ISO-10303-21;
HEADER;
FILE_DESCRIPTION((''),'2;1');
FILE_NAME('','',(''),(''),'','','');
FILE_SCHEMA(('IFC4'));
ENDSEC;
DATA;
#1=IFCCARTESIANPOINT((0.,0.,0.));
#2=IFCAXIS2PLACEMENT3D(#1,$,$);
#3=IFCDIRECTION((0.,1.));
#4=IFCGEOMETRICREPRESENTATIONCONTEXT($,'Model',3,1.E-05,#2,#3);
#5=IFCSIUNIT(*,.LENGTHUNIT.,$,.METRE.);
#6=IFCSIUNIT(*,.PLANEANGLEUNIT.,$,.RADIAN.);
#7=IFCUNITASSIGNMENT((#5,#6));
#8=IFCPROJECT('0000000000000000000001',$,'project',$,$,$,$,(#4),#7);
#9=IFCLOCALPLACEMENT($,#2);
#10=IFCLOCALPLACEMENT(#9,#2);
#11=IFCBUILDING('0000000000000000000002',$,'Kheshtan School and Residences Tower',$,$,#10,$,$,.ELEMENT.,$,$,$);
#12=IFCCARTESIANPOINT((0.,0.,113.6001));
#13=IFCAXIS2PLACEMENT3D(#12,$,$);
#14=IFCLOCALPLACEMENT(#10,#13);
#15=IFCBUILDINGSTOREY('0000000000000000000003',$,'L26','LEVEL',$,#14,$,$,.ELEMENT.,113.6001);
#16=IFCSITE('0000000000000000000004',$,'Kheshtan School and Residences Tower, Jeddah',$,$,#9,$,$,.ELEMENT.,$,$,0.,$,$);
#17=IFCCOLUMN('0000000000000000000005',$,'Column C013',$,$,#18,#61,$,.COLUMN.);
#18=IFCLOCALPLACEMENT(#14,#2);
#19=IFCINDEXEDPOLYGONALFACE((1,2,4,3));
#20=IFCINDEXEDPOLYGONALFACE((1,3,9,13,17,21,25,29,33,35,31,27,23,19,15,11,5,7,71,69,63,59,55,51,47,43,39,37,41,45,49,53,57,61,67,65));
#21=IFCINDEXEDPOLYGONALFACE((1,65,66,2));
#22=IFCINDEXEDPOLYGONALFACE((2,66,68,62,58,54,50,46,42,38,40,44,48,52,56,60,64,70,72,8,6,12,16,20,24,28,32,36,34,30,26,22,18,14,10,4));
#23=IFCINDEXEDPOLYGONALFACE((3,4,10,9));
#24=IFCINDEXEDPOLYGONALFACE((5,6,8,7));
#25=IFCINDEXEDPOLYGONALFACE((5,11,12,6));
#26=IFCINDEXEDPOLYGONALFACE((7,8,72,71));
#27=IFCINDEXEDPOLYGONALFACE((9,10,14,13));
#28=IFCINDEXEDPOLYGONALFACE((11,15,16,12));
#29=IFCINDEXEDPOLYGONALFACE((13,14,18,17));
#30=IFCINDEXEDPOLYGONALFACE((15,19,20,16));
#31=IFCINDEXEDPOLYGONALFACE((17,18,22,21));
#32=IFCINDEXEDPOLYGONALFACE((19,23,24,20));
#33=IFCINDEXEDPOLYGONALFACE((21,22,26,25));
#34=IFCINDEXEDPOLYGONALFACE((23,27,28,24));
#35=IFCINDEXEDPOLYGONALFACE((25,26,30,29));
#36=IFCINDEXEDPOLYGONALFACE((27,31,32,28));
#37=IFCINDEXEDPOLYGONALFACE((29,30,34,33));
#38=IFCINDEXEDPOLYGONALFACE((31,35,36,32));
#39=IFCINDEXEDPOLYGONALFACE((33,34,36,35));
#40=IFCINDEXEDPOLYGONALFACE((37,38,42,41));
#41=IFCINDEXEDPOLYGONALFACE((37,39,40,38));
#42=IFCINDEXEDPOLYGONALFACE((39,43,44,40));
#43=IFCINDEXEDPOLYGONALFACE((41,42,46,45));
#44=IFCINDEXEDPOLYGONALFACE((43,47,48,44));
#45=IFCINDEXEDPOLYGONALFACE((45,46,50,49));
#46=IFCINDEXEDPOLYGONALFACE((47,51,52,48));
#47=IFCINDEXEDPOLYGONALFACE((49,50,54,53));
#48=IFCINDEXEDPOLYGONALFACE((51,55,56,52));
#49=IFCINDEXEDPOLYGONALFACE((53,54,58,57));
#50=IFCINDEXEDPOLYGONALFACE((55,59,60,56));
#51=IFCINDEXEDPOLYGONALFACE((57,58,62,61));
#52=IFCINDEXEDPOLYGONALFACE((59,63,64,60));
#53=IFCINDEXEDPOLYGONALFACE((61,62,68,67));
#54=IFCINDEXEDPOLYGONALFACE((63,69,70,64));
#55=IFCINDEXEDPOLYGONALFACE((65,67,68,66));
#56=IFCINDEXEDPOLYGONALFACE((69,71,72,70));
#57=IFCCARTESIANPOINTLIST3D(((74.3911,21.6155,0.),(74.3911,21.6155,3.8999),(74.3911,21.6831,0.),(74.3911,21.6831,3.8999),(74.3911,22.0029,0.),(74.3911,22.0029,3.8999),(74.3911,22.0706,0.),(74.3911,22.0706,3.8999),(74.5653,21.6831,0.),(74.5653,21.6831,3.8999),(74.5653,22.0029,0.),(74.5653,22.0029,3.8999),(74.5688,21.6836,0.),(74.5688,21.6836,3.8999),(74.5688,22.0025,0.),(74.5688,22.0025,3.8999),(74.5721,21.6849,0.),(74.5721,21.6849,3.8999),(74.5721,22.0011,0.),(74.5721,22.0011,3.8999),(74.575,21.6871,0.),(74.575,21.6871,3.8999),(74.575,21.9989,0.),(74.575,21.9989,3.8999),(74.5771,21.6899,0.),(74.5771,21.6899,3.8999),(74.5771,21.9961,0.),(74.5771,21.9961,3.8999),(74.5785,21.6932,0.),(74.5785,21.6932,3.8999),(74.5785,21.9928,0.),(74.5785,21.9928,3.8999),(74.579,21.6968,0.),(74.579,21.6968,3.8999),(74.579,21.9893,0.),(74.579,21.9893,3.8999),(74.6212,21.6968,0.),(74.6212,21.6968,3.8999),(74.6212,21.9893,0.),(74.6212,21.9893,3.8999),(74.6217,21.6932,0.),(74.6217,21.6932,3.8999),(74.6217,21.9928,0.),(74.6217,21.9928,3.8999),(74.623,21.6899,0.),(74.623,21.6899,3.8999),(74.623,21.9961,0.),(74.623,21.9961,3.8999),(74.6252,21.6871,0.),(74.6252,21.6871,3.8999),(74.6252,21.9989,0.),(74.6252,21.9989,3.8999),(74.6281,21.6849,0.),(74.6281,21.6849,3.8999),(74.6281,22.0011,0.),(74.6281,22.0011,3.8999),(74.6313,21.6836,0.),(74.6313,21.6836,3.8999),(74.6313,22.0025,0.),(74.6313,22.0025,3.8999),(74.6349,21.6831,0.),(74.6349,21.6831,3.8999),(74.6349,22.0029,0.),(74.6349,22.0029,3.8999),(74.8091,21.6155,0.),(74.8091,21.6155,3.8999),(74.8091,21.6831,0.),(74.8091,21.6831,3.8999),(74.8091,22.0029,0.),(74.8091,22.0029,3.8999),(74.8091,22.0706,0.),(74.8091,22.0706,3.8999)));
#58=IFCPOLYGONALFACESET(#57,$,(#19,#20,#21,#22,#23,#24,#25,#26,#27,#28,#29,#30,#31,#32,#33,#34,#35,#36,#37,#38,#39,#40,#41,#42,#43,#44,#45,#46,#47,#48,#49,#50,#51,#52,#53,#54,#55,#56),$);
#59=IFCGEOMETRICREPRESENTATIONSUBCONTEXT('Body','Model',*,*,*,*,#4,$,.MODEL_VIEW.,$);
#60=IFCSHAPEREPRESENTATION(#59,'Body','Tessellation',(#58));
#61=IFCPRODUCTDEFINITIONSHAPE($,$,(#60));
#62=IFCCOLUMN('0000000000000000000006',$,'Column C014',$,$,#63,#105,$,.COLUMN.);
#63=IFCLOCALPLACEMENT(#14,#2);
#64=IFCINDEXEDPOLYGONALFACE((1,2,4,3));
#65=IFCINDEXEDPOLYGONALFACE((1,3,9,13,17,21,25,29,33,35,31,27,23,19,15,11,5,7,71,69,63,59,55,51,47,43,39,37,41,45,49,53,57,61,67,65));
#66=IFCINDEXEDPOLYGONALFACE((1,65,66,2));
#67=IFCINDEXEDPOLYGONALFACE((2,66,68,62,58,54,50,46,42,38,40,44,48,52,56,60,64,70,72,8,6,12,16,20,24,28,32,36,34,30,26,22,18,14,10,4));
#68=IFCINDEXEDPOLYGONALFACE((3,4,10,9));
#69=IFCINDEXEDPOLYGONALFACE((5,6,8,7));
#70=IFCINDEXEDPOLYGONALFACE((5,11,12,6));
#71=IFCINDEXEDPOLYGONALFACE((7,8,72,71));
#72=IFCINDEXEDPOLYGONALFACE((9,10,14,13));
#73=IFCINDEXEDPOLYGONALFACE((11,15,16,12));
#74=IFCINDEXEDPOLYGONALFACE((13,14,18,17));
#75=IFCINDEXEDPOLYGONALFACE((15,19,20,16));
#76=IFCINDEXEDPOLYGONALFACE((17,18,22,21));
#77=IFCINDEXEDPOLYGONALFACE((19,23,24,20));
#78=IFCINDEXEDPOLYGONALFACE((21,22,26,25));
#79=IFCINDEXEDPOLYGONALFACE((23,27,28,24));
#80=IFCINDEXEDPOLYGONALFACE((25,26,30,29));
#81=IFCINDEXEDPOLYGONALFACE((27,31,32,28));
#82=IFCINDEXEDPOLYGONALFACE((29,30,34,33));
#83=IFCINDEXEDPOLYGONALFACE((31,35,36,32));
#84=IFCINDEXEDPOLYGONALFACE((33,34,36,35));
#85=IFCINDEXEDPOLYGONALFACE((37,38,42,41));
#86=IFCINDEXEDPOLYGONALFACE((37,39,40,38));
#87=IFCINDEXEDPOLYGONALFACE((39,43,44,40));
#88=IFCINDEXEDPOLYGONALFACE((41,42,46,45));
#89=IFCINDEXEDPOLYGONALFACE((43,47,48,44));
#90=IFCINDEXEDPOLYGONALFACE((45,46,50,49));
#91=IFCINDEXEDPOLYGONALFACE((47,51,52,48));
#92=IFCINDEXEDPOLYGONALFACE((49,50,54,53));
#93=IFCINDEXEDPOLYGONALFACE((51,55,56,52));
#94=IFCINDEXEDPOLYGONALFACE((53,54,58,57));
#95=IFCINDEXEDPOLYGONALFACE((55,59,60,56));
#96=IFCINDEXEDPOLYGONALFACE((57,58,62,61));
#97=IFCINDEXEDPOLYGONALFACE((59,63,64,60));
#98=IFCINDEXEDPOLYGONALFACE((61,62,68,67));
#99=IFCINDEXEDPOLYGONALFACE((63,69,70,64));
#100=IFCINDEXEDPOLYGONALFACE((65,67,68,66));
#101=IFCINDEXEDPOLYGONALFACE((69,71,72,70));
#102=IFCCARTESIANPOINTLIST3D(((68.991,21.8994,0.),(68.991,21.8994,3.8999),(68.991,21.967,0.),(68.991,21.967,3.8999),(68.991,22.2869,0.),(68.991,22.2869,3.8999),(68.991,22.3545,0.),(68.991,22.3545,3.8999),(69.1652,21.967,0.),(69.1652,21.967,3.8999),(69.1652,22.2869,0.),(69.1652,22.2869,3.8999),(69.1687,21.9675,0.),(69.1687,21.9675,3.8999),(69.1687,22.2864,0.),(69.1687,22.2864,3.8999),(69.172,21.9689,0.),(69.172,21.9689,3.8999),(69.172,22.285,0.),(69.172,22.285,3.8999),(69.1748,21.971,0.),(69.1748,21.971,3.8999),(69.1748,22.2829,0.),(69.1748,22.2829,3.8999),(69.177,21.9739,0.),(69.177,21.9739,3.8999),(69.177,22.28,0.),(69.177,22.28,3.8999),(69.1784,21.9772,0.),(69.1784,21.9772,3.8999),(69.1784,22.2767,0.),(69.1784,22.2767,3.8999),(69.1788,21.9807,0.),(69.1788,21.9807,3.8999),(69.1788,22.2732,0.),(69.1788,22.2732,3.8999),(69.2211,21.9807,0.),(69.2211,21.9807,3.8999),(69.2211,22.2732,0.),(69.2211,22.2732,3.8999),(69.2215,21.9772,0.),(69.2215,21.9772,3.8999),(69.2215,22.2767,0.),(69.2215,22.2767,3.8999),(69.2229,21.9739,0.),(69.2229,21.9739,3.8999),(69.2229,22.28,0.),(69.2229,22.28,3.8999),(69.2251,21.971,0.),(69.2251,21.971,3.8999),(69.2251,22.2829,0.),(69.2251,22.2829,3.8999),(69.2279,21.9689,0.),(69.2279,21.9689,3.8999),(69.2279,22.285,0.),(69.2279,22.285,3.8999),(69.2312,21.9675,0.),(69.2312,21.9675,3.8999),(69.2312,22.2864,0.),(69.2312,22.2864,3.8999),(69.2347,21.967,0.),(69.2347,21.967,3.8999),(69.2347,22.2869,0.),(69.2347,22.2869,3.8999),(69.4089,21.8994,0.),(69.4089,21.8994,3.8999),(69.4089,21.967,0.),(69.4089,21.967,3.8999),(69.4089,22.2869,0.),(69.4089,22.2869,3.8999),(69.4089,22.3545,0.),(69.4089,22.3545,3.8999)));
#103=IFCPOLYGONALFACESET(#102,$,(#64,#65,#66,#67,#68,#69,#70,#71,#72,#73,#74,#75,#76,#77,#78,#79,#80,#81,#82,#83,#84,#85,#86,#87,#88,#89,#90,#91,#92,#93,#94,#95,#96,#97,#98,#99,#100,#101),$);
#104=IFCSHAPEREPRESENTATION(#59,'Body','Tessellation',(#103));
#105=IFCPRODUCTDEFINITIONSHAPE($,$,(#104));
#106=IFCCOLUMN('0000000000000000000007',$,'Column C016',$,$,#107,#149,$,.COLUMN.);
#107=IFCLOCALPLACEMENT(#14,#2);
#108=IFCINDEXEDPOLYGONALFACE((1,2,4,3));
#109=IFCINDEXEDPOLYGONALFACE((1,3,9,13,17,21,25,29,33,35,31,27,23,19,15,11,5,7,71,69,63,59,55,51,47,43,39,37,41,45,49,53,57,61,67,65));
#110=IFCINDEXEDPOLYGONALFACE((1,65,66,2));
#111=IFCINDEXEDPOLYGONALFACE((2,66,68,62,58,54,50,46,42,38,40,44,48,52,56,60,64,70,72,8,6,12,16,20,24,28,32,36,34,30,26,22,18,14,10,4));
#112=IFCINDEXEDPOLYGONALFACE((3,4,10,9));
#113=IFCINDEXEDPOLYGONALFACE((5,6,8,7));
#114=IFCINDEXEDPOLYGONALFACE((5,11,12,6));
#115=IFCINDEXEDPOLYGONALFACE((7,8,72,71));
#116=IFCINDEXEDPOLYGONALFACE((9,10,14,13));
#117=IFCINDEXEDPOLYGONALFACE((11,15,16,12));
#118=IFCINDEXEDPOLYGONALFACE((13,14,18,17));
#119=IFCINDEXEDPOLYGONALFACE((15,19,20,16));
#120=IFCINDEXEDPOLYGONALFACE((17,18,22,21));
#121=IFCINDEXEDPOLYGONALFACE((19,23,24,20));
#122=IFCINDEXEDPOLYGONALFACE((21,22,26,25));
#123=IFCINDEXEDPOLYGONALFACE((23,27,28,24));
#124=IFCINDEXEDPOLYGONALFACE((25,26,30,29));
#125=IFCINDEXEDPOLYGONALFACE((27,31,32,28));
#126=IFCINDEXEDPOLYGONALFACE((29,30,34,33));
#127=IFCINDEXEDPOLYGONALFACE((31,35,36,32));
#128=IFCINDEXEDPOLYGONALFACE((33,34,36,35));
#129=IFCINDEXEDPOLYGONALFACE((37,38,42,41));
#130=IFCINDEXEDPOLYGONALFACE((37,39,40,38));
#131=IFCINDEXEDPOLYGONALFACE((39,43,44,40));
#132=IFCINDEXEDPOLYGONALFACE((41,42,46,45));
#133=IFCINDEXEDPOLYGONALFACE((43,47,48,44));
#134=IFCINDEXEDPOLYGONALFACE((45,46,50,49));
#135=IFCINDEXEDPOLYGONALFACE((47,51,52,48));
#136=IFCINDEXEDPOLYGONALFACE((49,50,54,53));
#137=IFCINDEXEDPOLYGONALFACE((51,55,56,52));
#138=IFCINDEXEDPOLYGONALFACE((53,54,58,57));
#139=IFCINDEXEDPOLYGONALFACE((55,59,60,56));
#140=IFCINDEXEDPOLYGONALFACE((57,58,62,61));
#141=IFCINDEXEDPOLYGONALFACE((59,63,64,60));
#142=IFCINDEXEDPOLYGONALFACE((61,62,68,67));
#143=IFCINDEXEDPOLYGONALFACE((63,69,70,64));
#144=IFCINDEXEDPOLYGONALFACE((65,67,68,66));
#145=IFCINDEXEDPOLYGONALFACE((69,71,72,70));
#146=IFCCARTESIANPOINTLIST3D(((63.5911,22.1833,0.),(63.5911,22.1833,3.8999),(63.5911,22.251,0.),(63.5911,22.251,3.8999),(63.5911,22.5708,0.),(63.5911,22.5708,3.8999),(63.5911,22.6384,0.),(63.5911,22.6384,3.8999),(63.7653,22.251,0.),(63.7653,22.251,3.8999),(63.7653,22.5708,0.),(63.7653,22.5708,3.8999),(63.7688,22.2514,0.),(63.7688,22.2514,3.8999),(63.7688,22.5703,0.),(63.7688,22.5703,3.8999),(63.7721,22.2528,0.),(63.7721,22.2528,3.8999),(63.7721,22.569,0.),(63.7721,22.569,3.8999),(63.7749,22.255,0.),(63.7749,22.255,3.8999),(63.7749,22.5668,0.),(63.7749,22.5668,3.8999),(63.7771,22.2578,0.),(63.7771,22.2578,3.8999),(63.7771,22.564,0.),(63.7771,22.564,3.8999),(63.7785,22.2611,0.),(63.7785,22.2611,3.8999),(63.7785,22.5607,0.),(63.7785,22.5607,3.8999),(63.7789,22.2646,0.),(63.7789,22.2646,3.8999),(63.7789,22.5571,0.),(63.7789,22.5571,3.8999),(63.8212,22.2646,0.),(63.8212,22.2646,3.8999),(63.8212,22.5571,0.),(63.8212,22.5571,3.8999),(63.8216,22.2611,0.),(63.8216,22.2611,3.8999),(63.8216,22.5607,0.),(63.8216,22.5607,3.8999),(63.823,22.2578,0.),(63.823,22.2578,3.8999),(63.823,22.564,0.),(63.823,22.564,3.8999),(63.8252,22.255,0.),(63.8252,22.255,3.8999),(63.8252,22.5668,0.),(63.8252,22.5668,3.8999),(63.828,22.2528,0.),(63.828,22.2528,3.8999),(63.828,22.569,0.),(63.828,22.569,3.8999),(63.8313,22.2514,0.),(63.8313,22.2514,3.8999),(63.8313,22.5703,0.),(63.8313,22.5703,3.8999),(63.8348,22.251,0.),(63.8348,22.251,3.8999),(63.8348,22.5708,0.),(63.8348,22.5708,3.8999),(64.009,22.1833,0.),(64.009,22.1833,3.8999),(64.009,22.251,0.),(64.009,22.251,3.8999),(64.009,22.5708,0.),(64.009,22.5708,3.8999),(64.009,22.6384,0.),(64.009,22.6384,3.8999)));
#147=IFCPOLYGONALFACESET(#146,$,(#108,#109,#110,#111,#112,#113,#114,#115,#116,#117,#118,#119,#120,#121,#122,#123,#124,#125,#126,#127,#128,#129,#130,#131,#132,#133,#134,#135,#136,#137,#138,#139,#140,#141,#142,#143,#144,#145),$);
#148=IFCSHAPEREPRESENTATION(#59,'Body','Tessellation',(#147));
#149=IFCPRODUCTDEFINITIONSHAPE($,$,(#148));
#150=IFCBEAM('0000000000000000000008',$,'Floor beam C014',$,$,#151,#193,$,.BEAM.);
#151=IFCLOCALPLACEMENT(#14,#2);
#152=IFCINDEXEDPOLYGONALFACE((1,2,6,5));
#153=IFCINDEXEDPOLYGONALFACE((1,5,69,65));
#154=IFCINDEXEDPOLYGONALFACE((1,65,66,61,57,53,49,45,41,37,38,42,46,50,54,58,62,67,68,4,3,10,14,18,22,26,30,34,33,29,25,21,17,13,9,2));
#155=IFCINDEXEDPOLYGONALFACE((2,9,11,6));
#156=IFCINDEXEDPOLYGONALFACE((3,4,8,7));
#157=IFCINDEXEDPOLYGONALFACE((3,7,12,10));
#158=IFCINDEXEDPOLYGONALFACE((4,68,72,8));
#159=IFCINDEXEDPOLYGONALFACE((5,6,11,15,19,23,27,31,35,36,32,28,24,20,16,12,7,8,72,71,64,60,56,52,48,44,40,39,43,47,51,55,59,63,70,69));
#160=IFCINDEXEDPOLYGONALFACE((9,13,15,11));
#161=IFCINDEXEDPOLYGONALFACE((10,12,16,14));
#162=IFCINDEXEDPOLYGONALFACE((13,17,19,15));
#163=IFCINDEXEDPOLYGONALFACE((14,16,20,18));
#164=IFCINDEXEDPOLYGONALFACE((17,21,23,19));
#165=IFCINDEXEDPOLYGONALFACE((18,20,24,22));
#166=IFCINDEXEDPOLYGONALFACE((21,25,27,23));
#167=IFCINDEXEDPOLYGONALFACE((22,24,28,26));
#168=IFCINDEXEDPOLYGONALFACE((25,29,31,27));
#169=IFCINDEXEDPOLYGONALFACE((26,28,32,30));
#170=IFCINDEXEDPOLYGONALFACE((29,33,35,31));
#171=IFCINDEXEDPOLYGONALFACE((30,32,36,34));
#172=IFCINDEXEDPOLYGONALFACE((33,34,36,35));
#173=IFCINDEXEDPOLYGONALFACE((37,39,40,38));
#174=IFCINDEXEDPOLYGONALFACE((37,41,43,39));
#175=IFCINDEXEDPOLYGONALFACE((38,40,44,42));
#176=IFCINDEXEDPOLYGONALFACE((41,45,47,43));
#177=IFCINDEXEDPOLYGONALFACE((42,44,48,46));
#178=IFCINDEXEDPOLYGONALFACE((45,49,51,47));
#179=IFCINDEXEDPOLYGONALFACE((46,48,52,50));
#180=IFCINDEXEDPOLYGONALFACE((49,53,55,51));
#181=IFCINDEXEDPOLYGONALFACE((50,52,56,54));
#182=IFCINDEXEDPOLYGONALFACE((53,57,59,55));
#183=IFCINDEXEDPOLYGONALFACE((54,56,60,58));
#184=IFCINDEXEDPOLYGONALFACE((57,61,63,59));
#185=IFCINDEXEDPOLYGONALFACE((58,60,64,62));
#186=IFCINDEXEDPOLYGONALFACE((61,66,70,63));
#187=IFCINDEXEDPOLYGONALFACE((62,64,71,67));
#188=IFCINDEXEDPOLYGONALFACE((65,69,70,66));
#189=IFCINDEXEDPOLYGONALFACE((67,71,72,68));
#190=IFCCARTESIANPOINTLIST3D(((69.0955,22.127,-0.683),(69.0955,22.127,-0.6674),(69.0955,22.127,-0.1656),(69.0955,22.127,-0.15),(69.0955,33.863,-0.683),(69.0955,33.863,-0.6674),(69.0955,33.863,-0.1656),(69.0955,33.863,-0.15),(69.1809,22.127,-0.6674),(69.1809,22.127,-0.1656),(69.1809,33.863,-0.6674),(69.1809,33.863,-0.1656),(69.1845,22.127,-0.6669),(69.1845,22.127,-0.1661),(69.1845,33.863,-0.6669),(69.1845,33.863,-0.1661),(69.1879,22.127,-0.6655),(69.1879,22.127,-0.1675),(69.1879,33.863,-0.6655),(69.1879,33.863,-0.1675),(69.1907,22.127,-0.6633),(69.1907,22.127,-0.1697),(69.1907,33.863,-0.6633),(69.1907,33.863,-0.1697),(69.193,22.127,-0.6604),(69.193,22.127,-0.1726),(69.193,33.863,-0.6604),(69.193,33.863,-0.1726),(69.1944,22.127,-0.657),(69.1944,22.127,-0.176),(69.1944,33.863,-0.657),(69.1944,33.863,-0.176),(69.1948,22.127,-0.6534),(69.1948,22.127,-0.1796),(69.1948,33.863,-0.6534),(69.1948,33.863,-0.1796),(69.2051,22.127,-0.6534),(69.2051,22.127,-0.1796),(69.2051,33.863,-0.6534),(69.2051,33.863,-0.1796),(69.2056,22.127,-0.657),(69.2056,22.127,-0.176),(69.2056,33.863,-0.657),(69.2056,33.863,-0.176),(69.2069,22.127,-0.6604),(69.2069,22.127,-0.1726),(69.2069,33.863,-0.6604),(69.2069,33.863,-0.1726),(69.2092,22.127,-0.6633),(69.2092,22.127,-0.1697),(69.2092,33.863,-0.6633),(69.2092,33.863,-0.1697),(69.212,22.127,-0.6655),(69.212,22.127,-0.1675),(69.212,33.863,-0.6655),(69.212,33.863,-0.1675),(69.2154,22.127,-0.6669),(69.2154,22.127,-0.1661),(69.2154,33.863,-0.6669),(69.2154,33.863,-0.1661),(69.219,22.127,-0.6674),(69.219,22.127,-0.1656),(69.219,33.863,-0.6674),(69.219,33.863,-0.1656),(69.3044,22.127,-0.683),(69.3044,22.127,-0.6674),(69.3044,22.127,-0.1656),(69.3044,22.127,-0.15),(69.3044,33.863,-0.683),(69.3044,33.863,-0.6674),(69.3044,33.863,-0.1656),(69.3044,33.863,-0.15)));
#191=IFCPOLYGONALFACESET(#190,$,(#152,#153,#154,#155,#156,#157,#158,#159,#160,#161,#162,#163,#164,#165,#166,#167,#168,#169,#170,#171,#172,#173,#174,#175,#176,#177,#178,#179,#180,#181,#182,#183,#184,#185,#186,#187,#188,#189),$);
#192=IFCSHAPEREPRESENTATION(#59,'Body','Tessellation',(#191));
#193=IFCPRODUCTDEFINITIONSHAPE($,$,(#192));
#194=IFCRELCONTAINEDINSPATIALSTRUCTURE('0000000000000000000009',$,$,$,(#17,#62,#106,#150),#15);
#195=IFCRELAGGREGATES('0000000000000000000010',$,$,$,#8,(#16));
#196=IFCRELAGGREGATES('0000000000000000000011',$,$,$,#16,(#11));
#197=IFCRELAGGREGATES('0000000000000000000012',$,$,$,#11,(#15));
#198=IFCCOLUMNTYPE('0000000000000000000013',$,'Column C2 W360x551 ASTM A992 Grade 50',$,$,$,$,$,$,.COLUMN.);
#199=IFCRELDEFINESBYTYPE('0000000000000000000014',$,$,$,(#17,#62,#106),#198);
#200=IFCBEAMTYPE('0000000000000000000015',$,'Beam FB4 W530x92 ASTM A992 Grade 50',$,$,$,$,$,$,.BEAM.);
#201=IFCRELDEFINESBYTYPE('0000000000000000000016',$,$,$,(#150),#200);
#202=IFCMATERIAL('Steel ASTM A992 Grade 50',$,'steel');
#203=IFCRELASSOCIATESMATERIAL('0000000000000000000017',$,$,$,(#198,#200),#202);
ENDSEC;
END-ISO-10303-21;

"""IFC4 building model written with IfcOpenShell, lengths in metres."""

from ifc_helpers import new_model, si_unit, direction, frame, origin, origin_2d, place, context, subcontext, project, spatial, i_section, extrude, material, material_profile, profile_set, type_object, element, save


model = new_model("IFC4")

# Units and contexts
model_context = context("Model", 3, precision=1e-05, world=origin(), true_north=direction((0.0, 1.0)))
body_context = subcontext(model_context, "Body", "Model", "MODEL_VIEW")
ifc_project = project(units=[si_unit("LENGTHUNIT", "METRE"), si_unit("PLANEANGLEUNIT", "RADIAN")], contexts=[model_context])

# Site, building, storey
site_placement = place(None, origin())
site = spatial("IfcSite", under=ifc_project, at=site_placement, Name="Kheshtan School and Residences Tower, Jeddah", CompositionType="ELEMENT", RefElevation=0.0)
building_placement = place(site_placement, origin())
building = spatial("IfcBuilding", under=site, at=building_placement, Name="Kheshtan School and Residences Tower", CompositionType="ELEMENT")
storey_placement = place(building_placement, frame((0.0, 0.0, 113.6001)))
storey = spatial("IfcBuildingStorey", under=building, at=storey_placement, Name="L26", Description="LEVEL", CompositionType="ELEMENT", Elevation=113.6001)

# Columns
ifc_material_1 = material(Name="Steel ASTM A992 Grade 50", Category="steel")
ifc_material_profile_1 = material_profile(ifc_material_1, i_section(OverallWidth=0.418, OverallDepth=0.4551, WebThickness=0.0422, FlangeThickness=0.0676, FilletRadius=0.0137, at=origin_2d()), Name="W360x551")
ifc_profile_set_1 = profile_set([ifc_material_profile_1], Name="Steel ASTM A992 Grade 50")
column_type = type_object("IfcColumnType", Name="Column C2 W360x551 ASTM A992 Grade 50", PredefinedType="COLUMN", material=ifc_profile_set_1)
for number, where, z_axis, x_axis, name in (
    (1, (74.6001, 21.843, 0.0), (0.0, 0.0, 1.0), (1.0, 0.0, 0.0), "Column C013"),
    (2, (69.2, 22.127, 0.0), (0.0, 0.0, 1.0), (1.0, 0.0, 0.0), "Column C014"),
    (3, (63.8, 22.4109, 0.0), (0.0, 0.0, 1.0), (1.0, 0.0, 0.0), "Column C016"),
):
    element("IfcColumn", number, at=place(storey_placement, frame(where, z_axis=z_axis, x_axis=x_axis)), inside=storey, type_object=column_type, Name=name, PredefinedType="COLUMN", context=body_context, shape_type="SweptSolid", body=[
        extrude(i_section(OverallWidth=0.418, OverallDepth=0.4551, WebThickness=0.0422, FlangeThickness=0.0676, FilletRadius=0.0137, at=origin_2d()), origin(), (0.0, 0.0, 1.0), 3.8999),
    ])

# Beam
ifc_material_profile_2 = material_profile(ifc_material_1, i_section(OverallWidth=0.209, OverallDepth=0.533, WebThickness=0.0103, FlangeThickness=0.0156, FilletRadius=0.0139, at=origin_2d()), Name="W530x92")
ifc_profile_set_2 = profile_set([ifc_material_profile_2], Name="Steel ASTM A992 Grade 50")
beam_type_1 = type_object("IfcBeamType", Name="Beam FB4 W530x92 ASTM A992 Grade 50", PredefinedType="BEAM", material=ifc_profile_set_2)
beam_1_placement = place(storey_placement, frame((69.2, 22.127, -0.4165), z_axis=(0.0, 1.0, 0.0), x_axis=(-1.0, 0.0, 0.0)))
element("IfcBeam", 4, at=beam_1_placement, inside=storey, type_object=beam_type_1, Name="Floor beam C014", PredefinedType="BEAM", context=body_context, shape_type="SweptSolid", body=[
    extrude(i_section(OverallWidth=0.209, OverallDepth=0.533, WebThickness=0.0103, FlangeThickness=0.0156, FilletRadius=0.0139, at=origin_2d()), origin(), (0.0, 0.0, 1.0), 11.7361),
])

save(model, "model.ifc")
